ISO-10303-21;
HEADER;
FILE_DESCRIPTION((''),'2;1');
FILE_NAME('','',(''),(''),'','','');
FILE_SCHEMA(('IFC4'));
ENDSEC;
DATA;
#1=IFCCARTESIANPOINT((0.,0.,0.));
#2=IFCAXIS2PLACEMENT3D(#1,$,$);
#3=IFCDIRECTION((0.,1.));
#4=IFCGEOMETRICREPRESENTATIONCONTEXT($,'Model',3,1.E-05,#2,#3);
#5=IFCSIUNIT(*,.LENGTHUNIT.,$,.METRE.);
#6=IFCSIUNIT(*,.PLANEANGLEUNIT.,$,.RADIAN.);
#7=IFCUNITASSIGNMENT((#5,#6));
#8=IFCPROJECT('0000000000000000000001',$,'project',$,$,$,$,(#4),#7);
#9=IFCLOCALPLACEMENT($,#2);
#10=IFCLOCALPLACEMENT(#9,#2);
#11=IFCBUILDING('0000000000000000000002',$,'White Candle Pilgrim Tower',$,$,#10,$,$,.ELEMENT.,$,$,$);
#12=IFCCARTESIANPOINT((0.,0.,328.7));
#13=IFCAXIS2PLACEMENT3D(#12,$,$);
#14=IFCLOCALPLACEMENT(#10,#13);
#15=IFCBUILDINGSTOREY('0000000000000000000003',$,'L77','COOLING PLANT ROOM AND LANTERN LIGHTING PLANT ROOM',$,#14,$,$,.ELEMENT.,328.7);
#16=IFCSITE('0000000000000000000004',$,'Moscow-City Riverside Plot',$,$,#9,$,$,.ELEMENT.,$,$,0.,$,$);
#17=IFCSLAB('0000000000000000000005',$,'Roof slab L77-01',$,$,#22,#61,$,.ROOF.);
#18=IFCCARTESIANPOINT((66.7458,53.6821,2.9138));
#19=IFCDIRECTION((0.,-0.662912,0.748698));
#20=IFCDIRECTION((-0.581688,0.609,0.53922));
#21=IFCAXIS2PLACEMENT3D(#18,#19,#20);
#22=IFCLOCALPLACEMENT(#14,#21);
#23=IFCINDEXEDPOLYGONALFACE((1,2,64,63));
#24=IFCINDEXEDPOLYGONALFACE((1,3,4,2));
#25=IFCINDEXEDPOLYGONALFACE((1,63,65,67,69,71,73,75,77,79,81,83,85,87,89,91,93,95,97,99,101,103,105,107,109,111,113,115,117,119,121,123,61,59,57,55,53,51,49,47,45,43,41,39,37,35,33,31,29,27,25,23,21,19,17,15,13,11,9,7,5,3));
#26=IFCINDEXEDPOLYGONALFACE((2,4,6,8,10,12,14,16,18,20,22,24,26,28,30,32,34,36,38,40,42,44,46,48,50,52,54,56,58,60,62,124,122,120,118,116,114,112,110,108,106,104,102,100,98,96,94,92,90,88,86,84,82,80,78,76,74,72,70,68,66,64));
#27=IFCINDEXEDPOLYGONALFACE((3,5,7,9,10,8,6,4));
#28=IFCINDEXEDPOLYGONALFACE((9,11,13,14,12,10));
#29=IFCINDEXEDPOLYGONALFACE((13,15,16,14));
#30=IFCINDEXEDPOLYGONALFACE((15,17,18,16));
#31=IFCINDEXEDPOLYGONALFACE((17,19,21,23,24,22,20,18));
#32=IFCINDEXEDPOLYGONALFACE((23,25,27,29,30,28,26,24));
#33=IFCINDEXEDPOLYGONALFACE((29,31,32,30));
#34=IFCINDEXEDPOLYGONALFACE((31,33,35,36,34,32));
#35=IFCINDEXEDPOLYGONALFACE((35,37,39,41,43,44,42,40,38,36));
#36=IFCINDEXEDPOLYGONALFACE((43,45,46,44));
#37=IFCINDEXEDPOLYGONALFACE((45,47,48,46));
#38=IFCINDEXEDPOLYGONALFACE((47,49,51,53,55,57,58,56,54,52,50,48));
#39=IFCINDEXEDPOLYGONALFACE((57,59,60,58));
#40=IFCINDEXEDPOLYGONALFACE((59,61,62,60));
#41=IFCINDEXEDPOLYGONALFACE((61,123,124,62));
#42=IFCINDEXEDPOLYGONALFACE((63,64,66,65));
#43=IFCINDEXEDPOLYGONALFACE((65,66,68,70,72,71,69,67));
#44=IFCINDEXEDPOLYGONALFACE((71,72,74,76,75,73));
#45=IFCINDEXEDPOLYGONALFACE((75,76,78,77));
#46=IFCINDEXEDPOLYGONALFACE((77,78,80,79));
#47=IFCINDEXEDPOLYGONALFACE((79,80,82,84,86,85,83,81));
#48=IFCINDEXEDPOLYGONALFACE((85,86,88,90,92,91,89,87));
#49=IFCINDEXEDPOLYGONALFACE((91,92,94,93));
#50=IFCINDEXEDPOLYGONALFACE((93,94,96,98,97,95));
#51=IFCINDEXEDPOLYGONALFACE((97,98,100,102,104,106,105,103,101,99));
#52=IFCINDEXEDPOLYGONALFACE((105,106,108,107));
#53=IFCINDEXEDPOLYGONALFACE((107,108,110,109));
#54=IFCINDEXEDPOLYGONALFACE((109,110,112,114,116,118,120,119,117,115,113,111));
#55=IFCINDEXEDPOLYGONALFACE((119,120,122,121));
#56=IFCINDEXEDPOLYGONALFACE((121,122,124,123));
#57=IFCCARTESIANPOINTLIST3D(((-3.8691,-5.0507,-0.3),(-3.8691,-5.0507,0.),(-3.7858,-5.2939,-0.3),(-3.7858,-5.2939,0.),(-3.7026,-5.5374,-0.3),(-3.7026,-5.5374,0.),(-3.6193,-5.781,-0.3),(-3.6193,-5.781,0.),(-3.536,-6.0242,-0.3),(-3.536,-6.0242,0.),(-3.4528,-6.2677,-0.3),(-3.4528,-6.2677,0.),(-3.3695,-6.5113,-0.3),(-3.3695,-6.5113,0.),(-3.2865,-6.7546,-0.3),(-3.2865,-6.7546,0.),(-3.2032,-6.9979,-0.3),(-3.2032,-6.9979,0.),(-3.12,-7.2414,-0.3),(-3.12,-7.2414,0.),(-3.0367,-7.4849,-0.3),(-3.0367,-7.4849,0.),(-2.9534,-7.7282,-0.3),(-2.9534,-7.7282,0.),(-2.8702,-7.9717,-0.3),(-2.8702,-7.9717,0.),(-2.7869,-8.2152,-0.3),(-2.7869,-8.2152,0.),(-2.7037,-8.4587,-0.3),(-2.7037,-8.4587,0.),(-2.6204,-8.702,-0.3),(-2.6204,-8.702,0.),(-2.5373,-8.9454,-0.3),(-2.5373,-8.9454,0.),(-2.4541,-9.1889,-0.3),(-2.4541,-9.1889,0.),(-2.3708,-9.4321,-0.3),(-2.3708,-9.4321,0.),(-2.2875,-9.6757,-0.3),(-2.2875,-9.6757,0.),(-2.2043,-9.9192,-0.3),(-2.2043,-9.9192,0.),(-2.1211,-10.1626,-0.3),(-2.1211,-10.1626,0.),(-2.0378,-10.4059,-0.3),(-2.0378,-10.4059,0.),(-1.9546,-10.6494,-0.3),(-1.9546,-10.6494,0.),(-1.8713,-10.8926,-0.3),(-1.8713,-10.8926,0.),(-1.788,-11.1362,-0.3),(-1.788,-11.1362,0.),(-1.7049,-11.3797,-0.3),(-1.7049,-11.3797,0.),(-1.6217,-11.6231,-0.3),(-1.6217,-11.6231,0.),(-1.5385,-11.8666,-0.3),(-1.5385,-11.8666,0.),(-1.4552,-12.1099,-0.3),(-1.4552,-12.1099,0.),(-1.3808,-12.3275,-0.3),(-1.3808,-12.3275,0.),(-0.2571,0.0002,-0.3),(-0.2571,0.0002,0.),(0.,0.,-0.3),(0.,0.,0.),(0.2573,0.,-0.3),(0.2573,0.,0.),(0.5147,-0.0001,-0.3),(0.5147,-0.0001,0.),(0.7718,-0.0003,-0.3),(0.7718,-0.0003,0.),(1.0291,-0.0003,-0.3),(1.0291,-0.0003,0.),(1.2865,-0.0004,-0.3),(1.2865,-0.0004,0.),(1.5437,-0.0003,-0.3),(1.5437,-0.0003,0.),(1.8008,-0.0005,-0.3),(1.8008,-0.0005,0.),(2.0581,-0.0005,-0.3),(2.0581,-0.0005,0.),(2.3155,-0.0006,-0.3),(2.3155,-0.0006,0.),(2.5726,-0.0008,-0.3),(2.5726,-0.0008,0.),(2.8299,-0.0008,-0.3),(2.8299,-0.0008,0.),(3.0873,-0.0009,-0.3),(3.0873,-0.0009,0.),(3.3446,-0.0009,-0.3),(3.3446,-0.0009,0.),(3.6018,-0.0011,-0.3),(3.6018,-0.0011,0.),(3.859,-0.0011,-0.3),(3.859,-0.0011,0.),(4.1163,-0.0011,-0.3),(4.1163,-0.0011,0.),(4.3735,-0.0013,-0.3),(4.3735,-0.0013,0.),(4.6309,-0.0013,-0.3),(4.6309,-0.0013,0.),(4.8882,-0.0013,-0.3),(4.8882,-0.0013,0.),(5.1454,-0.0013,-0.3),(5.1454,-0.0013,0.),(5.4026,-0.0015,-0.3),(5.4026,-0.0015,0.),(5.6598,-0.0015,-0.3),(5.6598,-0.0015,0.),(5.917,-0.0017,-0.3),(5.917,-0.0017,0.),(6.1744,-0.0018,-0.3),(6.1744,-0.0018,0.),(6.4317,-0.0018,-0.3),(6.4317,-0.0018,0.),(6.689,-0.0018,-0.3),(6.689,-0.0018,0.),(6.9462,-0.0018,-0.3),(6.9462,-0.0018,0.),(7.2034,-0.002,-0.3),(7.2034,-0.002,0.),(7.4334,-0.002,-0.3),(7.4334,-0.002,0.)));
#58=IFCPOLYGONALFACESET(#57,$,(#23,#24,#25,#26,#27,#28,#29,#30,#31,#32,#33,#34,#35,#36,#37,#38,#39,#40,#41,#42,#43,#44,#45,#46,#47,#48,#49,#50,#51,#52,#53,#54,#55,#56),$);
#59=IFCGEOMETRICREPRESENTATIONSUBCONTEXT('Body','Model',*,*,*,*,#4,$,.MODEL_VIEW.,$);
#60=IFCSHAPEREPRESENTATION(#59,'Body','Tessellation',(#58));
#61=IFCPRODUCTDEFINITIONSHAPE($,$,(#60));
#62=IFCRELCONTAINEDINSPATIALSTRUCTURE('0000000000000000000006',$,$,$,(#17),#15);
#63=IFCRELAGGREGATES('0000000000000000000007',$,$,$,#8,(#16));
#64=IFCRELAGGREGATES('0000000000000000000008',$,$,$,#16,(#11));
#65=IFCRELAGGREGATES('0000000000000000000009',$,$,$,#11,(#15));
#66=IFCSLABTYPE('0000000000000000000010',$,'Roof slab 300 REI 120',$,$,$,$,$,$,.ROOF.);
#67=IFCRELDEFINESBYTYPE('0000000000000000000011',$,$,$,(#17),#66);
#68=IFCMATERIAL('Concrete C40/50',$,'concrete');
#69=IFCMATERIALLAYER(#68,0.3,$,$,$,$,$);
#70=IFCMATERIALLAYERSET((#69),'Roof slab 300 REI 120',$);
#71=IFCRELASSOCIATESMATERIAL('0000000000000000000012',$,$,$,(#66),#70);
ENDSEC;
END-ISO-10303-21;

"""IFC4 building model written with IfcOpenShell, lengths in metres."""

from ifc_helpers import new_model, si_unit, direction, frame, origin, place, context, subcontext, project, spatial, polyline, outline, extrude, material, layer, layer_set, type_object, element, save


model = new_model("IFC4")

# Units and contexts
model_context = context("Model", 3, precision=1e-05, world=origin(), true_north=direction((0.0, 1.0)))
body_context = subcontext(model_context, "Body", "Model", "MODEL_VIEW")
ifc_project = project(units=[si_unit("LENGTHUNIT", "METRE"), si_unit("PLANEANGLEUNIT", "RADIAN")], contexts=[model_context])

# Site, building, storey
site_placement = place(None, origin())
site = spatial("IfcSite", under=ifc_project, at=site_placement, Name="Moscow-City Riverside Plot", CompositionType="ELEMENT", RefElevation=0.0)
building_placement = place(site_placement, origin())
building = spatial("IfcBuilding", under=site, at=building_placement, Name="White Candle Pilgrim Tower", CompositionType="ELEMENT")
storey_placement = place(building_placement, frame((0.0, 0.0, 328.7)))
storey = spatial("IfcBuildingStorey", under=building, at=storey_placement, Name="L77", Description="COOLING PLANT ROOM AND LANTERN LIGHTING PLANT ROOM", CompositionType="ELEMENT", Elevation=328.7)

# Shared definitions
ifc_material_1 = material(Name="Concrete C40/50", Category="concrete")

# Slab
ifc_layer_1 = layer(ifc_material_1, 0.3)
ifc_layer_set_1 = layer_set([ifc_layer_1], Name="Roof slab 300 REI 120")
slab_type_1 = type_object("IfcSlabType", Name="Roof slab 300 REI 120", PredefinedType="ROOF", material=ifc_layer_set_1)
slab_1_placement = place(storey_placement, frame((66.7458, 53.6821, 2.9138), z_axis=(0.0, -0.662912, 0.748698), x_axis=(-0.581688, 0.609, 0.53922)))
element("IfcSlab", 1, at=slab_1_placement, inside=storey, type_object=slab_type_1, Name="Roof slab L77-01", PredefinedType="ROOF", context=body_context, shape_type="SweptSolid", body=[
    extrude(outline(polyline([(0.0, 0.0), (0.2573, 0.0), (0.5147, -0.0001), (0.7718, -0.0003), (1.0291, -0.0003), (1.2865, -0.0004), (1.5437, -0.0003), (1.8008, -0.0005), (2.0581, -0.0005), (2.3155, -0.0006), (2.5726, -0.0008), (2.8299, -0.0008), (3.0873, -0.0009), (3.3446, -0.0009), (3.6018, -0.0011), (3.859, -0.0011), (4.1163, -0.0011), (4.3735, -0.0013), (4.6309, -0.0013), (4.8882, -0.0013), (5.1454, -0.0013), (5.4026, -0.0015), (5.6598, -0.0015), (5.917, -0.0017), (6.1744, -0.0018), (6.4317, -0.0018), (6.689, -0.0018), (6.9462, -0.0018), (7.2034, -0.002), (7.4334, -0.002), (-1.3808, -12.3275), (-1.4552, -12.1099), (-1.5385, -11.8666), (-1.6217, -11.6231), (-1.7049, -11.3797), (-1.788, -11.1362), (-1.8713, -10.8926), (-1.9546, -10.6494), (-2.0378, -10.4059), (-2.1211, -10.1626), (-2.2043, -9.9192), (-2.2875, -9.6757), (-2.3708, -9.4321), (-2.4541, -9.1889), (-2.5373, -8.9454), (-2.6204, -8.702), (-2.7037, -8.4587), (-2.7869, -8.2152), (-2.8702, -7.9717), (-2.9534, -7.7282), (-3.0367, -7.4849), (-3.12, -7.2414), (-3.2032, -6.9979), (-3.2865, -6.7546), (-3.3695, -6.5113), (-3.4528, -6.2677), (-3.536, -6.0242), (-3.6193, -5.781), (-3.7026, -5.5374), (-3.7858, -5.2939), (-3.8691, -5.0507), (-0.2571, 0.0002), (0.0, 0.0)])), origin(), (0.0, 0.0, -1.0), 0.3),
])

save(model, "model.ifc")
